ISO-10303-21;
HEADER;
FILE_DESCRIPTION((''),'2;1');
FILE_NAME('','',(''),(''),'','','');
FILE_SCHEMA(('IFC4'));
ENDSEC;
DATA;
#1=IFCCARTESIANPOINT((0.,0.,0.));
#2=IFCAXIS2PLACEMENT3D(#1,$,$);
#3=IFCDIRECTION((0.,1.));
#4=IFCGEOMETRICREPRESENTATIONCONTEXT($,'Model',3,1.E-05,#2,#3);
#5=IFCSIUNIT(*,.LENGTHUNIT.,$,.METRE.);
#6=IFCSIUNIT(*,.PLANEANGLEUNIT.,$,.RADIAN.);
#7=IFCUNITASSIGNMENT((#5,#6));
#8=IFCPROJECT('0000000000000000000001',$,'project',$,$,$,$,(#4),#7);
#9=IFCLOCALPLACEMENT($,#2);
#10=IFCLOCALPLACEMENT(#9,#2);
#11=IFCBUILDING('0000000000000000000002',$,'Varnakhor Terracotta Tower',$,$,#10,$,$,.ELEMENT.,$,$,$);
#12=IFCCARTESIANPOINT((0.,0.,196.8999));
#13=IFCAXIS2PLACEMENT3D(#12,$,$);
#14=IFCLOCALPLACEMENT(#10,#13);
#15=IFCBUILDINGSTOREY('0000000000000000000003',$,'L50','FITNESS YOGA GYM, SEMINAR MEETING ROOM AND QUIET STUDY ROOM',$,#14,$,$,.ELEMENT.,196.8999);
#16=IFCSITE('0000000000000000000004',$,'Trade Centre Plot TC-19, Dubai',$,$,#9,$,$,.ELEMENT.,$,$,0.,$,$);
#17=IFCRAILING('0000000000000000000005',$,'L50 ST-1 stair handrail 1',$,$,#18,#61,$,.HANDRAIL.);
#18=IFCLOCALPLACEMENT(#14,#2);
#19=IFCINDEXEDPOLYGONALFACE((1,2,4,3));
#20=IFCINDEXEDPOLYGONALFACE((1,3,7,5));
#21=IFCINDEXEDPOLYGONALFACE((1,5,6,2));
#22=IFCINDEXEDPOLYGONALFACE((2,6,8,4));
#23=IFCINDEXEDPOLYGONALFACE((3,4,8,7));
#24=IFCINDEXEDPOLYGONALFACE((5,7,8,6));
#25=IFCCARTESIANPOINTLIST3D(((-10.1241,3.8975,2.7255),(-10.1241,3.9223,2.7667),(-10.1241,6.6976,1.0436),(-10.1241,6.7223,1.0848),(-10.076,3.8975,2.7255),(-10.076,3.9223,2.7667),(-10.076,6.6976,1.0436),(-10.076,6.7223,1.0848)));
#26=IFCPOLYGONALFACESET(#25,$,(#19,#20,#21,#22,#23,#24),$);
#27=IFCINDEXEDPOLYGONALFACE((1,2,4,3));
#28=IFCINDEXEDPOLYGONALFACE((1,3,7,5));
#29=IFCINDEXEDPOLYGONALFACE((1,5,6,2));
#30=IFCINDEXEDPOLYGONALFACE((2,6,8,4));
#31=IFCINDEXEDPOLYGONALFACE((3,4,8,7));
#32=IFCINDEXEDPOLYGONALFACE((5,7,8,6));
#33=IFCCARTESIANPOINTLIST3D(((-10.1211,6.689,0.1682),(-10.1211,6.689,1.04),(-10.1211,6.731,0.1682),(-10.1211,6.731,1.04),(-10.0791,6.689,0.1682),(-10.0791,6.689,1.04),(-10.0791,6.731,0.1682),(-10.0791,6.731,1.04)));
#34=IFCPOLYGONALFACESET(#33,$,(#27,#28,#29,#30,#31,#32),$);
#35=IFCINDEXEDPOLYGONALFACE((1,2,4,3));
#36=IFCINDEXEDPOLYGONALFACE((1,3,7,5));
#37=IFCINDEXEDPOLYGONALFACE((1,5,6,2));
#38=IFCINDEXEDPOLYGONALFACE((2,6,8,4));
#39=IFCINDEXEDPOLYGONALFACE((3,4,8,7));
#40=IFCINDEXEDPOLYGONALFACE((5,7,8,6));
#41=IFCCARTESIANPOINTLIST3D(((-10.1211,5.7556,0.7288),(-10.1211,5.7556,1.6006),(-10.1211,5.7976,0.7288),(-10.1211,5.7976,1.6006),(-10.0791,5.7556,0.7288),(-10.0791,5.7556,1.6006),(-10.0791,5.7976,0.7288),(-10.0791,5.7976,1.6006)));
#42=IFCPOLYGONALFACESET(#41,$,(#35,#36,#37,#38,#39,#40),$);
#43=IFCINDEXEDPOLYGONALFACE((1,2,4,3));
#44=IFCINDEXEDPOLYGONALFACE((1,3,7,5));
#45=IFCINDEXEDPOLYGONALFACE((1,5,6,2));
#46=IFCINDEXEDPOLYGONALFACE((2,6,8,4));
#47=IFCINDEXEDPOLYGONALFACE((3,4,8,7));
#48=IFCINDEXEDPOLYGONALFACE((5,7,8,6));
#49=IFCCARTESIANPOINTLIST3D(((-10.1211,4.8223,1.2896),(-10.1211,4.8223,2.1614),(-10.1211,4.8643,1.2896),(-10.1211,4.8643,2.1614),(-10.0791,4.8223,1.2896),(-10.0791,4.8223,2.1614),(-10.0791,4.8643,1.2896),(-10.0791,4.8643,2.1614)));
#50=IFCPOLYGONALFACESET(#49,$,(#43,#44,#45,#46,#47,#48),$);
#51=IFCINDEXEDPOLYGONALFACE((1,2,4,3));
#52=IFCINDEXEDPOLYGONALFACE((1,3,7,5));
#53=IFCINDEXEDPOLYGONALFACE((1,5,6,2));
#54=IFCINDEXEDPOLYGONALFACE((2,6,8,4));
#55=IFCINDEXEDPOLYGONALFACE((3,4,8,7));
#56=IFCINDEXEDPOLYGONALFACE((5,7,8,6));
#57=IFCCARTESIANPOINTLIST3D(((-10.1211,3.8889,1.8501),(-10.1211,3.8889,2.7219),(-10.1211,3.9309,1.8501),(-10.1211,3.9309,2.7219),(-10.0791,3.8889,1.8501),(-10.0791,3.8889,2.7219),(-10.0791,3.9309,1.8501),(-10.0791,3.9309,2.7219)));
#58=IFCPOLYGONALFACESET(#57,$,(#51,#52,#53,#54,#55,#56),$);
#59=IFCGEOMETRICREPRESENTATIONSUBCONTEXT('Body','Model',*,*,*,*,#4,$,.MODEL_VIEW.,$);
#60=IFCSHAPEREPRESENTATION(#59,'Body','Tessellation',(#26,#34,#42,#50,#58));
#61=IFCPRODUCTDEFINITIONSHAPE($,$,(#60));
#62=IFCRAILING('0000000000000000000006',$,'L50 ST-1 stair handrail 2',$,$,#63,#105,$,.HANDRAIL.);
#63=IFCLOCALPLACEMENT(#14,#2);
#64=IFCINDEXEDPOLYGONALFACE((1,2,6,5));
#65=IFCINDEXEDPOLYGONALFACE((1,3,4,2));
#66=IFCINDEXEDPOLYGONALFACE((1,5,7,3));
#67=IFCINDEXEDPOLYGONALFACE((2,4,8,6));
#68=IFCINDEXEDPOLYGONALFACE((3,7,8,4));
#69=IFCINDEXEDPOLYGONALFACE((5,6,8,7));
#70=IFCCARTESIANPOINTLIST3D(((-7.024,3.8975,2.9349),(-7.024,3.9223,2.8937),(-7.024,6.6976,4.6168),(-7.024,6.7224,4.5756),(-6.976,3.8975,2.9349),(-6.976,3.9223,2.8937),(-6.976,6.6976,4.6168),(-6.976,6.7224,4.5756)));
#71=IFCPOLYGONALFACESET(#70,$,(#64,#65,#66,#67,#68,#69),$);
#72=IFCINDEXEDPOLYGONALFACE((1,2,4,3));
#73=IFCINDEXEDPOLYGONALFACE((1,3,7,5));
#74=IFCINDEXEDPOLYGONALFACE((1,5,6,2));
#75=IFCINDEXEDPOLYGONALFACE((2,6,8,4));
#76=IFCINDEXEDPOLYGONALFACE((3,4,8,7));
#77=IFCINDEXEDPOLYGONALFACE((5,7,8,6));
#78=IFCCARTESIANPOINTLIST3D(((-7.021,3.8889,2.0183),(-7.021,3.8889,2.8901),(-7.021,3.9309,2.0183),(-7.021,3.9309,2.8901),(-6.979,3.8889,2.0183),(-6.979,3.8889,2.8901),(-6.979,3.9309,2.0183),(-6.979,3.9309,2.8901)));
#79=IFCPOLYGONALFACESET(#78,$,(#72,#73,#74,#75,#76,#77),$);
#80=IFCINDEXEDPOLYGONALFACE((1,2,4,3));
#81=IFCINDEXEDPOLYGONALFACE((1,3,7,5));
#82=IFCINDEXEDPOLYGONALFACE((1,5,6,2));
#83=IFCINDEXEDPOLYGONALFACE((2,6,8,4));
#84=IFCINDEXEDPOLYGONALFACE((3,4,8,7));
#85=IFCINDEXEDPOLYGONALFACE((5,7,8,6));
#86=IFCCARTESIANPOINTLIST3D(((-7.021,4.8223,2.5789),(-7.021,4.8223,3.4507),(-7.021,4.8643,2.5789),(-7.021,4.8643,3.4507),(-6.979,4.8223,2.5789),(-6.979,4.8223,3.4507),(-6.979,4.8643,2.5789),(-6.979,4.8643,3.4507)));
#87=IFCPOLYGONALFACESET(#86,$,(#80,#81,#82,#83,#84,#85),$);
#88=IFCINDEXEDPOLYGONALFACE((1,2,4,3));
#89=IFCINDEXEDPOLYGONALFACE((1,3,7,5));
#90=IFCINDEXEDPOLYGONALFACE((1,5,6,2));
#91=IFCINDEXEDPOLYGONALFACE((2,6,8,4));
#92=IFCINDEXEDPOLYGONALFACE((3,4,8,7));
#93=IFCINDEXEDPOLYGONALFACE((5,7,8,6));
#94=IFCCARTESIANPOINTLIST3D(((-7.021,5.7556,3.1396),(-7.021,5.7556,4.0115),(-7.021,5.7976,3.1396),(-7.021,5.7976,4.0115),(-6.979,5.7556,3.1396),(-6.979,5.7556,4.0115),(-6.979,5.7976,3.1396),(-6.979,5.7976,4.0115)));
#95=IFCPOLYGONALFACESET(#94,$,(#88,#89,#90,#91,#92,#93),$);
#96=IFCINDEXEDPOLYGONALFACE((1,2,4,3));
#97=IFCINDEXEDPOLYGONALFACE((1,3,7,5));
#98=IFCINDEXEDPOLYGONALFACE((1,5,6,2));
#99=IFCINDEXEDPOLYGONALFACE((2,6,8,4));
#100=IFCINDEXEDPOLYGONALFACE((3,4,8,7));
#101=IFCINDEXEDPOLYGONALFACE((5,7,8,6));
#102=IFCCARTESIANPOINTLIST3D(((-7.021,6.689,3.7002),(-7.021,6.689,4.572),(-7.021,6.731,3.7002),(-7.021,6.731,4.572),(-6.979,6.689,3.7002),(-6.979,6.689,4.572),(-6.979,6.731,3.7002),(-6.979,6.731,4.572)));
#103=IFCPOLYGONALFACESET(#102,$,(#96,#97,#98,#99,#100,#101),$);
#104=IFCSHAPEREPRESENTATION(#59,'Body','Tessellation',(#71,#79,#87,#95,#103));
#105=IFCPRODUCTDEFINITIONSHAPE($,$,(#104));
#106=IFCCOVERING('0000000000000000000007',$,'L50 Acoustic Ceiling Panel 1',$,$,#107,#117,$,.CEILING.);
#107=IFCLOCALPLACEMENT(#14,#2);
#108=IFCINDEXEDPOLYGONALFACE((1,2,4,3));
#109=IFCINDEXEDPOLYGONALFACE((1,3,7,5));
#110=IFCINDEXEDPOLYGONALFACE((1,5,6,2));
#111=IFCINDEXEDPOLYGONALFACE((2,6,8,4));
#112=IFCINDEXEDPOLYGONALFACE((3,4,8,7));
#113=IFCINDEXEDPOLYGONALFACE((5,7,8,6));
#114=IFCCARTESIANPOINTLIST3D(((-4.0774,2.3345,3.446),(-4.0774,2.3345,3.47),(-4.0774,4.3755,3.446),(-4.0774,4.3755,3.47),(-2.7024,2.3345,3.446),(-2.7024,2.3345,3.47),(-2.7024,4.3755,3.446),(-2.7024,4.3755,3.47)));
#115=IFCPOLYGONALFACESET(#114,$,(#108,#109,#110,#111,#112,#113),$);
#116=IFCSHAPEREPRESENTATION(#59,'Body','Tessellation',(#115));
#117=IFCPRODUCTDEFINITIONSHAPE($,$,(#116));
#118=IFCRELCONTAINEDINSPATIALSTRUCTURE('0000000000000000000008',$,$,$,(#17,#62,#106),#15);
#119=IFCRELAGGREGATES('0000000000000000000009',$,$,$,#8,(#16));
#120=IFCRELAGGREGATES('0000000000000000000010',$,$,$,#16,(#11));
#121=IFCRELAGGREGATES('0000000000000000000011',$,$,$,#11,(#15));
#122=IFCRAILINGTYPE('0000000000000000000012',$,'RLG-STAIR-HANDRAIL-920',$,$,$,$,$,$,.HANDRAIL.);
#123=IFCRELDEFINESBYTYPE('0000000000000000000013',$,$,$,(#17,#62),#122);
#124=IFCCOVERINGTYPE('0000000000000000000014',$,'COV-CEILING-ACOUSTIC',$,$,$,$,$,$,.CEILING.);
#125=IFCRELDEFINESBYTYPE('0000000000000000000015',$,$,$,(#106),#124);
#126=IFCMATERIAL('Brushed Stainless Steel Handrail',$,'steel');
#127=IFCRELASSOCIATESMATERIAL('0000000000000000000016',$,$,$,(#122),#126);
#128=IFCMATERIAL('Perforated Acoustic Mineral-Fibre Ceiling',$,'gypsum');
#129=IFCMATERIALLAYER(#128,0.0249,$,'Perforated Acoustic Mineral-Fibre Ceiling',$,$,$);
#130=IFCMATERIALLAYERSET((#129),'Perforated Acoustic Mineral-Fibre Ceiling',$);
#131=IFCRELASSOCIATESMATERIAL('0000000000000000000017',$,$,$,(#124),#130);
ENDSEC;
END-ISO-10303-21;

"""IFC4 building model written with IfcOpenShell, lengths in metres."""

from ifc_helpers import new_model, si_unit, direction, frame, origin, origin_2d, place, context, subcontext, project, spatial, rectangle, extrude, source, transform, mapped, material, layer, layer_set, type_object, element, save


model = new_model("IFC4")

# Units and contexts
model_context = context("Model", 3, precision=1e-05, world=origin(), true_north=direction((0.0, 1.0)))
body_context = subcontext(model_context, "Body", "Model", "MODEL_VIEW")
ifc_project = project(units=[si_unit("LENGTHUNIT", "METRE"), si_unit("PLANEANGLEUNIT", "RADIAN")], contexts=[model_context])

# Site, building, storey
site_placement = place(None, origin())
site = spatial("IfcSite", under=ifc_project, at=site_placement, Name="Trade Centre Plot TC-19, Dubai", CompositionType="ELEMENT", RefElevation=0.0)
building_placement = place(site_placement, origin())
building = spatial("IfcBuilding", under=site, at=building_placement, Name="Varnakhor Terracotta Tower", CompositionType="ELEMENT")
storey_placement = place(building_placement, frame((0.0, 0.0, 196.8999)))
storey = spatial("IfcBuildingStorey", under=building, at=storey_placement, Name="L50", Description="FITNESS YOGA GYM, SEMINAR MEETING ROOM AND QUIET STUDY ROOM", CompositionType="ELEMENT", Elevation=196.8999)

# Railings
ifc_material_1 = material(Name="Brushed Stainless Steel Handrail", Category="steel")
railing_type_1 = type_object("IfcRailingType", Name="RLG-STAIR-HANDRAIL-920", PredefinedType="HANDRAIL", material=ifc_material_1)
railing_1_placement = place(storey_placement, frame((-10.1001, 6.71, 0.1682)))
element("IfcRailing", 1, at=railing_1_placement, inside=storey, type_object=railing_type_1, Name="L50 ST-1 stair handrail 1", PredefinedType="HANDRAIL", context=body_context, shape_type="SweptSolid", body=[
    extrude(rectangle(XDim=0.0481, YDim=0.0481, at=origin_2d()), frame((0.0, 0.0, 0.896), z_axis=(0.0, -0.857242, 0.514913), x_axis=(1.0, 0.0, 0.0)), (0.0, 0.0, 1.0), 3.2664),
    extrude(rectangle(XDim=0.042, YDim=0.042, at=origin_2d()), origin(), (0.0, 0.0, 1.0), 0.8718),
    extrude(rectangle(XDim=0.042, YDim=0.042, at=origin_2d()), frame((0.0, -0.9333, 0.5605)), (0.0, 0.0, 1.0), 0.8718),
    extrude(rectangle(XDim=0.042, YDim=0.042, at=origin_2d()), frame((0.0, -1.8667, 1.1213)), (0.0, 0.0, 1.0), 0.8718),
    extrude(rectangle(XDim=0.042, YDim=0.042, at=origin_2d()), frame((0.0, -2.8, 1.6819)), (0.0, 0.0, 1.0), 0.8718),
])
railing_2_placement = place(storey_placement, frame((-7.0, 3.9099, 2.0183)))
element("IfcRailing", 2, at=railing_2_placement, inside=storey, type_object=railing_type_1, Name="L50 ST-1 stair handrail 2", PredefinedType="HANDRAIL", context=body_context, shape_type="SweptSolid", body=[
    extrude(rectangle(XDim=0.0481, YDim=0.0481, at=origin_2d()), frame((0.0, 0.0, 0.896), z_axis=(0.0, 0.857242, 0.514913), x_axis=(-1.0, 0.0, 0.0)), (0.0, 0.0, 1.0), 3.2664),
    extrude(rectangle(XDim=0.042, YDim=0.042, at=origin_2d()), origin(), (0.0, 0.0, 1.0), 0.8718),
    extrude(rectangle(XDim=0.042, YDim=0.042, at=origin_2d()), frame((0.0, 0.9333, 0.5605)), (0.0, 0.0, 1.0), 0.8718),
    extrude(rectangle(XDim=0.042, YDim=0.042, at=origin_2d()), frame((0.0, 1.8667, 1.1213)), (0.0, 0.0, 1.0), 0.8718),
    extrude(rectangle(XDim=0.042, YDim=0.042, at=origin_2d()), frame((0.0, 2.8, 1.6819)), (0.0, 0.0, 1.0), 0.8718),
])

# Covering
ifc_material_2 = material(Name="Perforated Acoustic Mineral-Fibre Ceiling", Category="gypsum")
ifc_layer_1 = layer(ifc_material_2, 0.0249, Name="Perforated Acoustic Mineral-Fibre Ceiling")
ifc_layer_set_1 = layer_set([ifc_layer_1], Name="Perforated Acoustic Mineral-Fibre Ceiling")
covering_type = type_object("IfcCoveringType", Name="COV-CEILING-ACOUSTIC", PredefinedType="CEILING", material=ifc_layer_set_1)
shared_shape_1 = source(origin(), body_context, "Body", "SweptSolid", [
    extrude(rectangle(XDim=1.375, YDim=2.041, at=origin_2d()), origin(), (0.0, 0.0, 1.0), 0.0239),
])
covering_placement = place(storey_placement, frame((-3.3899, 3.355, 3.446), z_axis=(0.0, 0.0, 1.0), x_axis=(1.0, 0.0, 0.0)))
element("IfcCovering", 3, at=covering_placement, inside=storey, type_object=covering_type, Name="L50 Acoustic Ceiling Panel 1", PredefinedType="CEILING", context=body_context, shape_type="MappedRepresentation", body=[
    mapped(shared_shape_1, transform((0.0, 0.0, 0.0), scale=1.0)),
])

save(model, "model.ifc")
